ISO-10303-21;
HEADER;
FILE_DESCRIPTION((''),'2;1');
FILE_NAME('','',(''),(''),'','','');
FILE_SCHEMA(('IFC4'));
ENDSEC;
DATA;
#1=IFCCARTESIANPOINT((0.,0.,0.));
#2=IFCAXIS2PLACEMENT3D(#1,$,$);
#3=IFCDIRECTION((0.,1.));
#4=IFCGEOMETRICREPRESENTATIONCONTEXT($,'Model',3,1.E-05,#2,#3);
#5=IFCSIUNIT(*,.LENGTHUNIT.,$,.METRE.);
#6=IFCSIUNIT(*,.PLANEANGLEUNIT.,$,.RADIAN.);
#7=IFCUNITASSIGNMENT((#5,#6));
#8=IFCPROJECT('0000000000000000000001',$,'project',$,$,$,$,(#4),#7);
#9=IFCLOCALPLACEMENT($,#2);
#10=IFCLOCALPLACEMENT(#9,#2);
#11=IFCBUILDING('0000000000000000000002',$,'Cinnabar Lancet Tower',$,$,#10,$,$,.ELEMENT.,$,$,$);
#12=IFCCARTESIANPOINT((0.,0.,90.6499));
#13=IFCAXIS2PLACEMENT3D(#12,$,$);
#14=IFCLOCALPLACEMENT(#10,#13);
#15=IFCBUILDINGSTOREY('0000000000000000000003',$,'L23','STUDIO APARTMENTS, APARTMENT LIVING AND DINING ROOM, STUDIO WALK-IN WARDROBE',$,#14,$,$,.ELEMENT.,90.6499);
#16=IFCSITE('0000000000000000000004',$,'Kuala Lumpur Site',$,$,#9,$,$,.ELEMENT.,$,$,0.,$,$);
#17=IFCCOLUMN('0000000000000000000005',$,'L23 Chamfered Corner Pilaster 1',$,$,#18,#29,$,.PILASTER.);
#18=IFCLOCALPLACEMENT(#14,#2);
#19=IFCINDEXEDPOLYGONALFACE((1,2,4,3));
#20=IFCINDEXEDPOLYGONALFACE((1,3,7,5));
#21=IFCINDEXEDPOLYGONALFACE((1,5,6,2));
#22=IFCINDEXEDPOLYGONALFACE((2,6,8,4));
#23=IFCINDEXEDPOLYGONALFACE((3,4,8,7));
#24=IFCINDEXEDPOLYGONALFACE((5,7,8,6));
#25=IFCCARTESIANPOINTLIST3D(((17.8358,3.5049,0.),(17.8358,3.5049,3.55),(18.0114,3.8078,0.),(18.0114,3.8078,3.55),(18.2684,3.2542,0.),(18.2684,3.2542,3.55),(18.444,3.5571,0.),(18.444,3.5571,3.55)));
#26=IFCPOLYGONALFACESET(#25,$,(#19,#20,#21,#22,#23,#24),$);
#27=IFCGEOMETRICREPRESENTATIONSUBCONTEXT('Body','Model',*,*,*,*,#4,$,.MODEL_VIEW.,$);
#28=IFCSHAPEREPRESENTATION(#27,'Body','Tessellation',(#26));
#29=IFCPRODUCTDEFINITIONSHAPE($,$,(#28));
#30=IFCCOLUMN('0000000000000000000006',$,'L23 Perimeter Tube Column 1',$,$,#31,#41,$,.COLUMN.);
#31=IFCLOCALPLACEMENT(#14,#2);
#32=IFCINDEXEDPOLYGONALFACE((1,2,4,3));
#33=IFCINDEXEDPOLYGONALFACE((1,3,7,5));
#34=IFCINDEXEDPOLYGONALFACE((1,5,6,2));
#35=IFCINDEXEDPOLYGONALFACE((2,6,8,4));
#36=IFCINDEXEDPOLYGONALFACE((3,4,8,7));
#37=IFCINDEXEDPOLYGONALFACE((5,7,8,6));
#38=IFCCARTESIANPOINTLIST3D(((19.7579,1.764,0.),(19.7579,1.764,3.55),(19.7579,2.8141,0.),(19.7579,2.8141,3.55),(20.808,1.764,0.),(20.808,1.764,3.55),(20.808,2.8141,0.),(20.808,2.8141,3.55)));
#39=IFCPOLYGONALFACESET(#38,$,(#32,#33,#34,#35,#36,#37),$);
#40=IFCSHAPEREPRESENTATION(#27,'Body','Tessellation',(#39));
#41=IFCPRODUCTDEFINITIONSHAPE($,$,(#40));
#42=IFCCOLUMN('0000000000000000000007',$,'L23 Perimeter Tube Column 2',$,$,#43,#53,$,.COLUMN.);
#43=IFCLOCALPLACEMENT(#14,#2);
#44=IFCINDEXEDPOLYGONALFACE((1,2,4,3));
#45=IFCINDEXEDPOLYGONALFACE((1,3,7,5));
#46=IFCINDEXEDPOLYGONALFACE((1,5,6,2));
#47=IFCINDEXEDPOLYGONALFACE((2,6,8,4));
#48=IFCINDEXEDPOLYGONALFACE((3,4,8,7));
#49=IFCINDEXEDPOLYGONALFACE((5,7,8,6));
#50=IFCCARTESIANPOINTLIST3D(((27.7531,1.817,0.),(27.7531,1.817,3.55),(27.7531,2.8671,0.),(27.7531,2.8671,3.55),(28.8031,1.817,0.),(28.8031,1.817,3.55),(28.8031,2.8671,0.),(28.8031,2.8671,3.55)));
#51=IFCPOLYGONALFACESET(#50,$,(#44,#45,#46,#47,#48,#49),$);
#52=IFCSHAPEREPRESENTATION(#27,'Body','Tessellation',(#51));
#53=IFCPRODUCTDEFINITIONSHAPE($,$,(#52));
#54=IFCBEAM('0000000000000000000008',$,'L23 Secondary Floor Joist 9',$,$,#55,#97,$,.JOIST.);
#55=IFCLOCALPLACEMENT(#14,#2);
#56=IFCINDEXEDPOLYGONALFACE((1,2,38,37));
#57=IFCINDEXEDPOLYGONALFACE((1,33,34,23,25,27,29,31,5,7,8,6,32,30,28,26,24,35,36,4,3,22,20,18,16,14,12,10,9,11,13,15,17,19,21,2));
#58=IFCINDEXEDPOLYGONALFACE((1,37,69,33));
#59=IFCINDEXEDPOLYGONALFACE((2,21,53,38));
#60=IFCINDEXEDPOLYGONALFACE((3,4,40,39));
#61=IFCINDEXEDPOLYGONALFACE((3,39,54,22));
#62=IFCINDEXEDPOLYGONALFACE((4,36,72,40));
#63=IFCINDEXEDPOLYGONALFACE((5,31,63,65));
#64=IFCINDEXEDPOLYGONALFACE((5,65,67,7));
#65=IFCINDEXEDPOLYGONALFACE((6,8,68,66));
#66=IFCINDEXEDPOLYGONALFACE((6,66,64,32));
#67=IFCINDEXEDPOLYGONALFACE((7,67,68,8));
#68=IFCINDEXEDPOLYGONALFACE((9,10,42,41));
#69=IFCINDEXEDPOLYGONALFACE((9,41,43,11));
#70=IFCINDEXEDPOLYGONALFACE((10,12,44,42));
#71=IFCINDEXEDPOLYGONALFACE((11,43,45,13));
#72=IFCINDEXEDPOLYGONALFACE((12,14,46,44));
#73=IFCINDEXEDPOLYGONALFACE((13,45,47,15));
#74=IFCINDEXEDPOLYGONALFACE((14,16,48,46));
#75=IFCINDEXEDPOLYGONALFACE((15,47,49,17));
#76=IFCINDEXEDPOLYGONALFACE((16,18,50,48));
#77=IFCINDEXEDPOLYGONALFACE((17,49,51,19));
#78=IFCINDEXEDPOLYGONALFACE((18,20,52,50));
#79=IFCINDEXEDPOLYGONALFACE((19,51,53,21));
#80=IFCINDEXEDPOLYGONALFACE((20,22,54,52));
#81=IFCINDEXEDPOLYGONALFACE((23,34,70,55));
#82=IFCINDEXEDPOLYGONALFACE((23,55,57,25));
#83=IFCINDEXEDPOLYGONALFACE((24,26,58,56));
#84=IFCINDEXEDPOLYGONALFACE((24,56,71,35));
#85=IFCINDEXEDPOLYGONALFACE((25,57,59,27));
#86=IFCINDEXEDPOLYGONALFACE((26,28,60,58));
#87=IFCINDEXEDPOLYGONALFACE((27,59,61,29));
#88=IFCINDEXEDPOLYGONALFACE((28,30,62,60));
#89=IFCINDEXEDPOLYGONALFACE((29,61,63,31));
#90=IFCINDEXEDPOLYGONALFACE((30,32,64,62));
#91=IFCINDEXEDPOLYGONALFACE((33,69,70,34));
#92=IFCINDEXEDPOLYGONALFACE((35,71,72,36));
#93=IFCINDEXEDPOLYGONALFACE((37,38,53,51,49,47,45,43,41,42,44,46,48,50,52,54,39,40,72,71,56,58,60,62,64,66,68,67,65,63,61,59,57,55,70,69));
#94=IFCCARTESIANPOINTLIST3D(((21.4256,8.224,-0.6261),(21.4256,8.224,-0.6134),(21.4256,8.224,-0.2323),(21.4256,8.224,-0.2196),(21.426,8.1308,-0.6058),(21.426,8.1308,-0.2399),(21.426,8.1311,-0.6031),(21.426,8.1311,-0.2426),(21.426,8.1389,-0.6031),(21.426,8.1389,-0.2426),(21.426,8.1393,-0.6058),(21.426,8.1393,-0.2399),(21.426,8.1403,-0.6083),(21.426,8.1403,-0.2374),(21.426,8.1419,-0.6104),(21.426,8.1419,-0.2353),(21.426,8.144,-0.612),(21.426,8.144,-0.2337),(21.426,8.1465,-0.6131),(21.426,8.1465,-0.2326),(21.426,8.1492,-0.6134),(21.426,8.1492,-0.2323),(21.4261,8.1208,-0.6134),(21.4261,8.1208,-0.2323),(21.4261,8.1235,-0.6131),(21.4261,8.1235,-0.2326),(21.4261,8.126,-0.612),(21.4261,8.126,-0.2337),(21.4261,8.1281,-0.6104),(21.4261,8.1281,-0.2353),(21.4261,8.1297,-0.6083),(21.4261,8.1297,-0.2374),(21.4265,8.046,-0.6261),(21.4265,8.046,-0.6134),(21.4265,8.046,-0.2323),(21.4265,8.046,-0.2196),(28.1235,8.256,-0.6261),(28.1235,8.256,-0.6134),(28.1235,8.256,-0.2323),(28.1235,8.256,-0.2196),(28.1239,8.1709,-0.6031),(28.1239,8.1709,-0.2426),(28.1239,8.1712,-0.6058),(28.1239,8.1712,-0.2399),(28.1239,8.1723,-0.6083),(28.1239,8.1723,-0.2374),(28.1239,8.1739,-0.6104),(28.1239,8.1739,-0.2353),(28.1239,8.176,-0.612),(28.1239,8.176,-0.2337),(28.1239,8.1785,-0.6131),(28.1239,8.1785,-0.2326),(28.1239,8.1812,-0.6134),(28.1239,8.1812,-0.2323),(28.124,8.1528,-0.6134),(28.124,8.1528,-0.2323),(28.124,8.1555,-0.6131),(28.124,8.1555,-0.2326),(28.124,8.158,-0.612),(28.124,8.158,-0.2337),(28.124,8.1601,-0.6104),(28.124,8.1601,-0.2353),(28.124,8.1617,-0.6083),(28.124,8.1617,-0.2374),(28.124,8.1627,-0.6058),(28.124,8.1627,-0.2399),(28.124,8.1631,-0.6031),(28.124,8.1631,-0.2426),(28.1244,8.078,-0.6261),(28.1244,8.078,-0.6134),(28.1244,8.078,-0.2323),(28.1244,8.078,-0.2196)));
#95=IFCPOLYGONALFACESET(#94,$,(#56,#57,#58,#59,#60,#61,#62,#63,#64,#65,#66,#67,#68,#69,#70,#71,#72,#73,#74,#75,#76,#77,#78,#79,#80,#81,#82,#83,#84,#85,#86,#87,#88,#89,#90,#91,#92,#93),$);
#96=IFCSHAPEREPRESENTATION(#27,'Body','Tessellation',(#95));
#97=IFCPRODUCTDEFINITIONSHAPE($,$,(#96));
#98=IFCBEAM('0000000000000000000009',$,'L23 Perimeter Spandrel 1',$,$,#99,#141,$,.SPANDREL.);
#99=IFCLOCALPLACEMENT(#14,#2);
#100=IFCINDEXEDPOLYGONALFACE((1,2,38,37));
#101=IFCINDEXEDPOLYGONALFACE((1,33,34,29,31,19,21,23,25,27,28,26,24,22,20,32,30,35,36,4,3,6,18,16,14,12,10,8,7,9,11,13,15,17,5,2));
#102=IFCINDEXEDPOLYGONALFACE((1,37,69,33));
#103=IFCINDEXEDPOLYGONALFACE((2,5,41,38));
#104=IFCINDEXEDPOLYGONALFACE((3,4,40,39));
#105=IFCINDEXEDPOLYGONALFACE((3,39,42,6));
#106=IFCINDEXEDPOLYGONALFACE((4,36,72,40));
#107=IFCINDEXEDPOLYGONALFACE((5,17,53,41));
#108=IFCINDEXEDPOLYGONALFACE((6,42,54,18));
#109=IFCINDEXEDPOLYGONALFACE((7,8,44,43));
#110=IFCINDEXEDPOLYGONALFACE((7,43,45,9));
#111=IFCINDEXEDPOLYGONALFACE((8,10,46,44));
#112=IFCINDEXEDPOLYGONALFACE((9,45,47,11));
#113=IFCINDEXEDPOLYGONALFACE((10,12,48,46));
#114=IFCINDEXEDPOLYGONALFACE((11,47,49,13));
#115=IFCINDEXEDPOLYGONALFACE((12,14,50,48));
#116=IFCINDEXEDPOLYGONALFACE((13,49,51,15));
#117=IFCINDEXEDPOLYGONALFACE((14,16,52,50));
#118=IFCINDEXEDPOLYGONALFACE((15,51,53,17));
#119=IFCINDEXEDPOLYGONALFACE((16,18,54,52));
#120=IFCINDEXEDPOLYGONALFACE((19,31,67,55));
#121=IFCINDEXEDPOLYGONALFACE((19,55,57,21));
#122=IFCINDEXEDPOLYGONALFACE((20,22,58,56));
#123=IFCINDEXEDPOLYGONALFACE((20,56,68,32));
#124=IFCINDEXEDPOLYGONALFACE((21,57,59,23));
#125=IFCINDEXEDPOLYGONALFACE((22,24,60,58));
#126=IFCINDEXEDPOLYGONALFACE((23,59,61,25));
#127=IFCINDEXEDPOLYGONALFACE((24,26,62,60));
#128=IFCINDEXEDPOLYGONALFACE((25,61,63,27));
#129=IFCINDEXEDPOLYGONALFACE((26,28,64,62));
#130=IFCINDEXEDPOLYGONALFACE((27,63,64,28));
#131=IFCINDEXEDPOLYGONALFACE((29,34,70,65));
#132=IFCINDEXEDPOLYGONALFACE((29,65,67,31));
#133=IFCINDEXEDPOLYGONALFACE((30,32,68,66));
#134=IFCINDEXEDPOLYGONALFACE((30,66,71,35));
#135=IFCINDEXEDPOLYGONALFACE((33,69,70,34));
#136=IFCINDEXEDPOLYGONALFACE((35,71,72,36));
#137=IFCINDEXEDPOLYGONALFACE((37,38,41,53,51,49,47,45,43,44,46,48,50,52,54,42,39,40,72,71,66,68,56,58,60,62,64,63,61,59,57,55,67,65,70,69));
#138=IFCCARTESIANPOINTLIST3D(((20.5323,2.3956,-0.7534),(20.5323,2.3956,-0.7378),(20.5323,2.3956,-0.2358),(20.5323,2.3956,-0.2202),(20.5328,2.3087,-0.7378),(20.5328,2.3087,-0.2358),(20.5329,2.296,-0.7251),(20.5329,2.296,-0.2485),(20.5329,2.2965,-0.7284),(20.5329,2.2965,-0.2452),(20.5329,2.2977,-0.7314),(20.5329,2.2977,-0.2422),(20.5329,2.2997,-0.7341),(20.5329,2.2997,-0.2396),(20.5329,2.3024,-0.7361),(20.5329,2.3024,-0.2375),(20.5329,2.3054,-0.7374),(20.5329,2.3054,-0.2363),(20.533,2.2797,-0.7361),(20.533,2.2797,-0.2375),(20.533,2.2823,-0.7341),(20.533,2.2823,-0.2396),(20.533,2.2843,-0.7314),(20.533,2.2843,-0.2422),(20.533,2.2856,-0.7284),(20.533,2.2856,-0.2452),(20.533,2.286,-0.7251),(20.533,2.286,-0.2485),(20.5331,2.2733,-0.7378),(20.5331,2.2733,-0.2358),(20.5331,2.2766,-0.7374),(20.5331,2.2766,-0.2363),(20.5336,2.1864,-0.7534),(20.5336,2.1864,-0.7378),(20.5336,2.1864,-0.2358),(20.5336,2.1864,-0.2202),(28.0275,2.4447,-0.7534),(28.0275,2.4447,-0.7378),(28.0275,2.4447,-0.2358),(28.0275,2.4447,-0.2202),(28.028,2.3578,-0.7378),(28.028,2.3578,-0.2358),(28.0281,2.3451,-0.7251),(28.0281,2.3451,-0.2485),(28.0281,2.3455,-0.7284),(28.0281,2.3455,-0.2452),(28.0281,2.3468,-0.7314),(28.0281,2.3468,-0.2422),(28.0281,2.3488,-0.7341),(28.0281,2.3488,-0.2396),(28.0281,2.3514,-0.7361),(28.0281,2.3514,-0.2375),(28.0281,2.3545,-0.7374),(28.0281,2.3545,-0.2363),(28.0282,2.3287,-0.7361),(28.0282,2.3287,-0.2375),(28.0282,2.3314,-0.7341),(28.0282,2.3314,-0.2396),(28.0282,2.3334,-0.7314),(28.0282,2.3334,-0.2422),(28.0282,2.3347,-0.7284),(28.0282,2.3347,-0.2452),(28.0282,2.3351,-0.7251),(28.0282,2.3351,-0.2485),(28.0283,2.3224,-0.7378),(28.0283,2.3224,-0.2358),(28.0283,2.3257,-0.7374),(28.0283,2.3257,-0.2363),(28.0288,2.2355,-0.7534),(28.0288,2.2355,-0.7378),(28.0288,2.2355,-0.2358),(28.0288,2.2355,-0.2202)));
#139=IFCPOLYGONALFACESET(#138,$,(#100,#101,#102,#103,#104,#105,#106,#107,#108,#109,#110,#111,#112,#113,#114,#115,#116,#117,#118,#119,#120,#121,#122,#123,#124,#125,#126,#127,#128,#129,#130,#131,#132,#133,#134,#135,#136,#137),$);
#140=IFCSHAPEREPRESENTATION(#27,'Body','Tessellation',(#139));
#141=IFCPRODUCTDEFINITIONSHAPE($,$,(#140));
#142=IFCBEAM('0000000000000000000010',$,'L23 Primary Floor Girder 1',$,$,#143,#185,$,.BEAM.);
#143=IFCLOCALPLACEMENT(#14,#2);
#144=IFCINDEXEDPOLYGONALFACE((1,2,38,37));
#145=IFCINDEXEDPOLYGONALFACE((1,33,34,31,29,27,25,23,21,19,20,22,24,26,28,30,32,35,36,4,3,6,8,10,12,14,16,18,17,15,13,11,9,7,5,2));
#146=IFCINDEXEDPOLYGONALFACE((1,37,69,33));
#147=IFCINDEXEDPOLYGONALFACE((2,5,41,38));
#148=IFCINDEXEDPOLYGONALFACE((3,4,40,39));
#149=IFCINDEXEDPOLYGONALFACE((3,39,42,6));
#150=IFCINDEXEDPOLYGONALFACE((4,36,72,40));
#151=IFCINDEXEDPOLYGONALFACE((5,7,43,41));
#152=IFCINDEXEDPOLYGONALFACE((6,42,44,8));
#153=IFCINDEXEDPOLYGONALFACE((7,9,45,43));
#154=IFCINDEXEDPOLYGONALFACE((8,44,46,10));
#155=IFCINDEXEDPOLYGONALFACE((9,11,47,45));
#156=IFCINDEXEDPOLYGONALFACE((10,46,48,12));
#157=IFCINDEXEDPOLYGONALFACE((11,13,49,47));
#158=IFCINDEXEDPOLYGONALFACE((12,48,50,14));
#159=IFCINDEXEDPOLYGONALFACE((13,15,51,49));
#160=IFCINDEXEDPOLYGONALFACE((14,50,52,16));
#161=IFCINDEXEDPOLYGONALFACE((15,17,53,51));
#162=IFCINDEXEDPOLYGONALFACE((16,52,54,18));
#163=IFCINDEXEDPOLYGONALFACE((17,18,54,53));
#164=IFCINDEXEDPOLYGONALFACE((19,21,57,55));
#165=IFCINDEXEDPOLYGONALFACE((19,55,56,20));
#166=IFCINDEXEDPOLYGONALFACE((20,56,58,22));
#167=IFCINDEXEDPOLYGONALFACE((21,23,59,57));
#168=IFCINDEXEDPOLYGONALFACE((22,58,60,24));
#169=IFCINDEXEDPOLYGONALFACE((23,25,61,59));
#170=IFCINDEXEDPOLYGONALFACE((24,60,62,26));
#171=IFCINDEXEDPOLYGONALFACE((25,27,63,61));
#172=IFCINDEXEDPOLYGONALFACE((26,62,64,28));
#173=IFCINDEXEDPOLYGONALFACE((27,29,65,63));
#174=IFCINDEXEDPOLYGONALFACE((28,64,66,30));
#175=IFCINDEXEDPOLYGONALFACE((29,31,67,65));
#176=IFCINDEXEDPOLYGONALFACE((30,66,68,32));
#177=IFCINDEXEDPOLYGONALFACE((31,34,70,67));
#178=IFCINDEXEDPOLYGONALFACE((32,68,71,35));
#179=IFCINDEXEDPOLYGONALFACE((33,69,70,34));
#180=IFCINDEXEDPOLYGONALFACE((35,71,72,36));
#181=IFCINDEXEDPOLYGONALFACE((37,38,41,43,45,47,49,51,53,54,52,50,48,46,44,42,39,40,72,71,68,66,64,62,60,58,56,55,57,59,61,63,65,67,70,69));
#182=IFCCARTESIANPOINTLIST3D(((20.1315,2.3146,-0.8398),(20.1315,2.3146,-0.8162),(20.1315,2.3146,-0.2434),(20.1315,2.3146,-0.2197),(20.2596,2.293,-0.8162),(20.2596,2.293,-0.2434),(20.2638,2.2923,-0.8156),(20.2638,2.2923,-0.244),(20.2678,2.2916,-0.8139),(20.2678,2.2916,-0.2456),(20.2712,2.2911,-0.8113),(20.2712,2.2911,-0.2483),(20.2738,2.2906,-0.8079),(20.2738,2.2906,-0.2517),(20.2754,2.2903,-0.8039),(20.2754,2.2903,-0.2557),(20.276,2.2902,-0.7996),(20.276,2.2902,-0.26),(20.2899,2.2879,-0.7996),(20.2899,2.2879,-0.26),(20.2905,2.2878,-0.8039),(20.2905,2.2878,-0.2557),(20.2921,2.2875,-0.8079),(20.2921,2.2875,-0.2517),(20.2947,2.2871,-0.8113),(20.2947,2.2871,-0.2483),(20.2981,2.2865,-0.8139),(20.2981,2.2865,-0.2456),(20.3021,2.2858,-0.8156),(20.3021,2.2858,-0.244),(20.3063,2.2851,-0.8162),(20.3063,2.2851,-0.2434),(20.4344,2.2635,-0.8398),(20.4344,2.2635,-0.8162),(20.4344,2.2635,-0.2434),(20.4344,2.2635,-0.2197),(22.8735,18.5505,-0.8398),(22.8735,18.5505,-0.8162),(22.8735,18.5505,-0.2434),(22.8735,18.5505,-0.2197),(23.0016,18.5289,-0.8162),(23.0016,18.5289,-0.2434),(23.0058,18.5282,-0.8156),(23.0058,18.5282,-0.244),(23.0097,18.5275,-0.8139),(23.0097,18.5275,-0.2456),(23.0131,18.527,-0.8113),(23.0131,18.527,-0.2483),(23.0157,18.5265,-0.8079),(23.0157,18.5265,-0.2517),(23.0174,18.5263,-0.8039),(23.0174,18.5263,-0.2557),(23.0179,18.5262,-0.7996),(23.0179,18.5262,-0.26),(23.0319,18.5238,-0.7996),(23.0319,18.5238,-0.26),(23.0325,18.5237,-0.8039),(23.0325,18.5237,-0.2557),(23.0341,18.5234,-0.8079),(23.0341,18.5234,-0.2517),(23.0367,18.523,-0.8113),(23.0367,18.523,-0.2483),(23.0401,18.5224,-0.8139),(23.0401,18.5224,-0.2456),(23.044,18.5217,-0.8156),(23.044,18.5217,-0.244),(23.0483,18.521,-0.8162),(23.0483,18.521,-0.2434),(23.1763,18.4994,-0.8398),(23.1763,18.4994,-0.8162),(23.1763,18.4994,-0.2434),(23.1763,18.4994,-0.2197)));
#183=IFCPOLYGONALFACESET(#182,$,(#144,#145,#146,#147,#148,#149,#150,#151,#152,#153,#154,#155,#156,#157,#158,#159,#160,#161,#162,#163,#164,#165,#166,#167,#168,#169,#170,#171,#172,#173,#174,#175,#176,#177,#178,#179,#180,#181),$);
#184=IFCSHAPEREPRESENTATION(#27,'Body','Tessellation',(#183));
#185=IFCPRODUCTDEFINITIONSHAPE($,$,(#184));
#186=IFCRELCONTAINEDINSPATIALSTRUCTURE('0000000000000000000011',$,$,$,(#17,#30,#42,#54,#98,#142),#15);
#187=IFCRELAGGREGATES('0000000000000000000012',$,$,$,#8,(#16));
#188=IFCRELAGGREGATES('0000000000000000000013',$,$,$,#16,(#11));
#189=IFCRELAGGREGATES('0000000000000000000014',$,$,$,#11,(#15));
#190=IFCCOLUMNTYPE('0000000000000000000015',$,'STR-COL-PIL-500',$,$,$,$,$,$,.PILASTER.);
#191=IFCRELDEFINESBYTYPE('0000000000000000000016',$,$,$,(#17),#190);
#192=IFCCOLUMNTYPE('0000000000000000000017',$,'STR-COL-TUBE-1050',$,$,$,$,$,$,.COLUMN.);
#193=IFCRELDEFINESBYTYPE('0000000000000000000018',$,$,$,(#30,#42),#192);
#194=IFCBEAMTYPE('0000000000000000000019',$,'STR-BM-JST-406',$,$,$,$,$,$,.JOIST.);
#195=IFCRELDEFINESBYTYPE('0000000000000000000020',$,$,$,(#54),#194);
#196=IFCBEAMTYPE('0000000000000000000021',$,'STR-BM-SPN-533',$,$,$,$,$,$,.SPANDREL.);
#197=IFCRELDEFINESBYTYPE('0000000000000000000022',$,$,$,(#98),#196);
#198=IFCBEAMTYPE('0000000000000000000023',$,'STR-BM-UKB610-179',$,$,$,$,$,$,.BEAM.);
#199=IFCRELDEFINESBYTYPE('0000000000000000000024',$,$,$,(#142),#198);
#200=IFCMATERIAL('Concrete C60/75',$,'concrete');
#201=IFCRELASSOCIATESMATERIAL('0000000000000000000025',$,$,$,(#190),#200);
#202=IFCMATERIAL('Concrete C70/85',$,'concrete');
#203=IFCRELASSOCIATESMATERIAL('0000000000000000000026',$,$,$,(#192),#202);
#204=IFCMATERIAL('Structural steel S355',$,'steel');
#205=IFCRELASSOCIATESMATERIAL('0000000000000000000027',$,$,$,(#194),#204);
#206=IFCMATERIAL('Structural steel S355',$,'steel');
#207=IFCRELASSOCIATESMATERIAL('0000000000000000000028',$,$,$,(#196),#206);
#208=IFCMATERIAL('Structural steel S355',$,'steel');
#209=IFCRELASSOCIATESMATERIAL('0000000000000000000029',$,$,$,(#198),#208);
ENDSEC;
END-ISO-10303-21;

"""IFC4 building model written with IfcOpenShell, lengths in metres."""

from ifc_helpers import new_model, si_unit, direction, frame, origin, origin_2d, place, context, subcontext, project, spatial, rectangle, i_section, extrude, material, material_profile, profile_set, type_object, element, save


model = new_model("IFC4")

# Units and contexts
model_context = context("Model", 3, precision=1e-05, world=origin(), true_north=direction((0.0, 1.0)))
body_context = subcontext(model_context, "Body", "Model", "MODEL_VIEW")
ifc_project = project(units=[si_unit("LENGTHUNIT", "METRE"), si_unit("PLANEANGLEUNIT", "RADIAN")], contexts=[model_context])

# Site, building, storey
site_placement = place(None, origin())
site = spatial("IfcSite", under=ifc_project, at=site_placement, Name="Kuala Lumpur Site", CompositionType="ELEMENT", RefElevation=0.0)
building_placement = place(site_placement, origin())
building = spatial("IfcBuilding", under=site, at=building_placement, Name="Cinnabar Lancet Tower", CompositionType="ELEMENT")
storey_placement = place(building_placement, frame((0.0, 0.0, 90.6499)))
storey = spatial("IfcBuildingStorey", under=building, at=storey_placement, Name="L23", Description="STUDIO APARTMENTS, APARTMENT LIVING AND DINING ROOM, STUDIO WALK-IN WARDROBE", CompositionType="ELEMENT", Elevation=90.6499)

# Columns
ifc_material_1 = material(Name="Concrete C60/75", Category="concrete")
ifc_material_profile_1 = material_profile(ifc_material_1, rectangle(XDim=0.5, YDim=0.3501, at=origin_2d()), Name="RC-PIL 500x350")
ifc_profile_set_1 = profile_set([ifc_material_profile_1], Name="Concrete C60/75")
column_type_1 = type_object("IfcColumnType", Name="STR-COL-PIL-500", PredefinedType="PILASTER", material=ifc_profile_set_1)
column_placement = place(storey_placement, frame((18.1399, 3.531, 0.0), z_axis=(0.0, 0.0, 1.0), x_axis=(0.865195, -0.501435, 0.0)))
element("IfcColumn", 1, at=column_placement, inside=storey, type_object=column_type_1, Name="L23 Chamfered Corner Pilaster 1", PredefinedType="PILASTER", context=body_context, shape_type="SweptSolid", body=[
    extrude(rectangle(XDim=0.5, YDim=0.3501, at=origin_2d()), origin(), (0.0, 0.0, 1.0), 3.55),
])
ifc_material_2 = material(Name="Concrete C70/85", Category="concrete")
ifc_material_profile_2 = material_profile(ifc_material_2, rectangle(XDim=1.05, YDim=1.05, at=origin_2d()), Name="RC-COL 1050x1050")
ifc_profile_set_2 = profile_set([ifc_material_profile_2], Name="Concrete C70/85")
column_type_2 = type_object("IfcColumnType", Name="STR-COL-TUBE-1050", PredefinedType="COLUMN", material=ifc_profile_set_2)
for number, where, z_axis, x_axis, name in (
    (2, (20.283, 2.2891, 0.0), (0.0, 0.0, 1.0), (1.0, 0.0, 0.0), "L23 Perimeter Tube Column 1"),
    (3, (28.2781, 2.342, 0.0), (0.0, 0.0, 1.0), (1.0, 0.0, 0.0), "L23 Perimeter Tube Column 2"),
):
    element("IfcColumn", number, at=place(storey_placement, frame(where, z_axis=z_axis, x_axis=x_axis)), inside=storey, type_object=column_type_2, Name=name, PredefinedType="COLUMN", context=body_context, shape_type="SweptSolid", body=[
        extrude(rectangle(XDim=1.05, YDim=1.05, at=origin_2d()), origin(), (0.0, 0.0, 1.0), 3.55),
    ])

# Beams
ifc_material_3 = material(Name="Structural steel S355", Category="steel")
ifc_material_profile_3 = material_profile(ifc_material_3, i_section(OverallWidth=0.178, OverallDepth=0.4065, WebThickness=0.0078, FlangeThickness=0.0127, FilletRadius=0.0103, at=origin_2d()), Name="UKB 406x178x60")
ifc_profile_set_3 = profile_set([ifc_material_profile_3], Name="Structural steel S355")
beam_type_1 = type_object("IfcBeamType", Name="STR-BM-JST-406", PredefinedType="JOIST", material=ifc_profile_set_3)
beam_1_placement = place(storey_placement, frame((21.426, 8.135, -0.4229), z_axis=(0.999989, 0.004775, 0.0), x_axis=(-0.004775, 0.999989, 0.0)))
element("IfcBeam", 4, at=beam_1_placement, inside=storey, type_object=beam_type_1, Name="L23 Secondary Floor Joist 9", PredefinedType="JOIST", context=body_context, shape_type="SweptSolid", body=[
    extrude(i_section(OverallWidth=0.178, OverallDepth=0.4065, WebThickness=0.0078, FlangeThickness=0.0127, FilletRadius=0.0103, at=origin_2d()), origin(), (0.0, 0.0, 1.0), 6.698),
])
ifc_material_4 = material(Name="Structural steel S355", Category="steel")
ifc_material_profile_4 = material_profile(ifc_material_4, i_section(OverallWidth=0.2092, OverallDepth=0.5332, WebThickness=0.01, FlangeThickness=0.0156, FilletRadius=0.0127, at=origin_2d()), Name="UKB 533x210x92")
ifc_profile_set_4 = profile_set([ifc_material_profile_4], Name="Structural steel S355")
beam_type_2 = type_object("IfcBeamType", Name="STR-BM-SPN-533", PredefinedType="SPANDREL", material=ifc_profile_set_4)
beam_2_placement = place(storey_placement, frame((20.533, 2.291, -0.4868), z_axis=(0.999979, 0.006547, 0.0), x_axis=(-0.006547, 0.999979, 0.0)))
element("IfcBeam", 5, at=beam_2_placement, inside=storey, type_object=beam_type_2, Name="L23 Perimeter Spandrel 1", PredefinedType="SPANDREL", context=body_context, shape_type="SweptSolid", body=[
    extrude(i_section(OverallWidth=0.2092, OverallDepth=0.5332, WebThickness=0.01, FlangeThickness=0.0156, FilletRadius=0.0127, at=origin_2d()), origin(), (0.0, 0.0, 1.0), 7.4954),
])
ifc_material_5 = material(Name="Structural steel S355", Category="steel")
ifc_material_profile_5 = material_profile(ifc_material_5, i_section(OverallWidth=0.3071, OverallDepth=0.6201, WebThickness=0.0142, FlangeThickness=0.0237, FilletRadius=0.0166, at=origin_2d()), Name="UKB 610x305x179")
ifc_profile_set_5 = profile_set([ifc_material_profile_5], Name="Structural steel S355")
beam_type_3 = type_object("IfcBeamType", Name="STR-BM-UKB610-179", PredefinedType="BEAM", material=ifc_profile_set_5)
beam_3_placement = place(storey_placement, frame((20.283, 2.2891, -0.5298), z_axis=(0.166524, 0.986037, 0.0), x_axis=(-0.986037, 0.166524, 0.0)))
element("IfcBeam", 6, at=beam_3_placement, inside=storey, type_object=beam_type_3, Name="L23 Primary Floor Girder 1", PredefinedType="BEAM", context=body_context, shape_type="SweptSolid", body=[
    extrude(i_section(OverallWidth=0.3071, OverallDepth=0.6201, WebThickness=0.0142, FlangeThickness=0.0237, FilletRadius=0.0166, at=origin_2d()), origin(), (0.0, 0.0, 1.0), 16.4658),
])

save(model, "model.ifc")
